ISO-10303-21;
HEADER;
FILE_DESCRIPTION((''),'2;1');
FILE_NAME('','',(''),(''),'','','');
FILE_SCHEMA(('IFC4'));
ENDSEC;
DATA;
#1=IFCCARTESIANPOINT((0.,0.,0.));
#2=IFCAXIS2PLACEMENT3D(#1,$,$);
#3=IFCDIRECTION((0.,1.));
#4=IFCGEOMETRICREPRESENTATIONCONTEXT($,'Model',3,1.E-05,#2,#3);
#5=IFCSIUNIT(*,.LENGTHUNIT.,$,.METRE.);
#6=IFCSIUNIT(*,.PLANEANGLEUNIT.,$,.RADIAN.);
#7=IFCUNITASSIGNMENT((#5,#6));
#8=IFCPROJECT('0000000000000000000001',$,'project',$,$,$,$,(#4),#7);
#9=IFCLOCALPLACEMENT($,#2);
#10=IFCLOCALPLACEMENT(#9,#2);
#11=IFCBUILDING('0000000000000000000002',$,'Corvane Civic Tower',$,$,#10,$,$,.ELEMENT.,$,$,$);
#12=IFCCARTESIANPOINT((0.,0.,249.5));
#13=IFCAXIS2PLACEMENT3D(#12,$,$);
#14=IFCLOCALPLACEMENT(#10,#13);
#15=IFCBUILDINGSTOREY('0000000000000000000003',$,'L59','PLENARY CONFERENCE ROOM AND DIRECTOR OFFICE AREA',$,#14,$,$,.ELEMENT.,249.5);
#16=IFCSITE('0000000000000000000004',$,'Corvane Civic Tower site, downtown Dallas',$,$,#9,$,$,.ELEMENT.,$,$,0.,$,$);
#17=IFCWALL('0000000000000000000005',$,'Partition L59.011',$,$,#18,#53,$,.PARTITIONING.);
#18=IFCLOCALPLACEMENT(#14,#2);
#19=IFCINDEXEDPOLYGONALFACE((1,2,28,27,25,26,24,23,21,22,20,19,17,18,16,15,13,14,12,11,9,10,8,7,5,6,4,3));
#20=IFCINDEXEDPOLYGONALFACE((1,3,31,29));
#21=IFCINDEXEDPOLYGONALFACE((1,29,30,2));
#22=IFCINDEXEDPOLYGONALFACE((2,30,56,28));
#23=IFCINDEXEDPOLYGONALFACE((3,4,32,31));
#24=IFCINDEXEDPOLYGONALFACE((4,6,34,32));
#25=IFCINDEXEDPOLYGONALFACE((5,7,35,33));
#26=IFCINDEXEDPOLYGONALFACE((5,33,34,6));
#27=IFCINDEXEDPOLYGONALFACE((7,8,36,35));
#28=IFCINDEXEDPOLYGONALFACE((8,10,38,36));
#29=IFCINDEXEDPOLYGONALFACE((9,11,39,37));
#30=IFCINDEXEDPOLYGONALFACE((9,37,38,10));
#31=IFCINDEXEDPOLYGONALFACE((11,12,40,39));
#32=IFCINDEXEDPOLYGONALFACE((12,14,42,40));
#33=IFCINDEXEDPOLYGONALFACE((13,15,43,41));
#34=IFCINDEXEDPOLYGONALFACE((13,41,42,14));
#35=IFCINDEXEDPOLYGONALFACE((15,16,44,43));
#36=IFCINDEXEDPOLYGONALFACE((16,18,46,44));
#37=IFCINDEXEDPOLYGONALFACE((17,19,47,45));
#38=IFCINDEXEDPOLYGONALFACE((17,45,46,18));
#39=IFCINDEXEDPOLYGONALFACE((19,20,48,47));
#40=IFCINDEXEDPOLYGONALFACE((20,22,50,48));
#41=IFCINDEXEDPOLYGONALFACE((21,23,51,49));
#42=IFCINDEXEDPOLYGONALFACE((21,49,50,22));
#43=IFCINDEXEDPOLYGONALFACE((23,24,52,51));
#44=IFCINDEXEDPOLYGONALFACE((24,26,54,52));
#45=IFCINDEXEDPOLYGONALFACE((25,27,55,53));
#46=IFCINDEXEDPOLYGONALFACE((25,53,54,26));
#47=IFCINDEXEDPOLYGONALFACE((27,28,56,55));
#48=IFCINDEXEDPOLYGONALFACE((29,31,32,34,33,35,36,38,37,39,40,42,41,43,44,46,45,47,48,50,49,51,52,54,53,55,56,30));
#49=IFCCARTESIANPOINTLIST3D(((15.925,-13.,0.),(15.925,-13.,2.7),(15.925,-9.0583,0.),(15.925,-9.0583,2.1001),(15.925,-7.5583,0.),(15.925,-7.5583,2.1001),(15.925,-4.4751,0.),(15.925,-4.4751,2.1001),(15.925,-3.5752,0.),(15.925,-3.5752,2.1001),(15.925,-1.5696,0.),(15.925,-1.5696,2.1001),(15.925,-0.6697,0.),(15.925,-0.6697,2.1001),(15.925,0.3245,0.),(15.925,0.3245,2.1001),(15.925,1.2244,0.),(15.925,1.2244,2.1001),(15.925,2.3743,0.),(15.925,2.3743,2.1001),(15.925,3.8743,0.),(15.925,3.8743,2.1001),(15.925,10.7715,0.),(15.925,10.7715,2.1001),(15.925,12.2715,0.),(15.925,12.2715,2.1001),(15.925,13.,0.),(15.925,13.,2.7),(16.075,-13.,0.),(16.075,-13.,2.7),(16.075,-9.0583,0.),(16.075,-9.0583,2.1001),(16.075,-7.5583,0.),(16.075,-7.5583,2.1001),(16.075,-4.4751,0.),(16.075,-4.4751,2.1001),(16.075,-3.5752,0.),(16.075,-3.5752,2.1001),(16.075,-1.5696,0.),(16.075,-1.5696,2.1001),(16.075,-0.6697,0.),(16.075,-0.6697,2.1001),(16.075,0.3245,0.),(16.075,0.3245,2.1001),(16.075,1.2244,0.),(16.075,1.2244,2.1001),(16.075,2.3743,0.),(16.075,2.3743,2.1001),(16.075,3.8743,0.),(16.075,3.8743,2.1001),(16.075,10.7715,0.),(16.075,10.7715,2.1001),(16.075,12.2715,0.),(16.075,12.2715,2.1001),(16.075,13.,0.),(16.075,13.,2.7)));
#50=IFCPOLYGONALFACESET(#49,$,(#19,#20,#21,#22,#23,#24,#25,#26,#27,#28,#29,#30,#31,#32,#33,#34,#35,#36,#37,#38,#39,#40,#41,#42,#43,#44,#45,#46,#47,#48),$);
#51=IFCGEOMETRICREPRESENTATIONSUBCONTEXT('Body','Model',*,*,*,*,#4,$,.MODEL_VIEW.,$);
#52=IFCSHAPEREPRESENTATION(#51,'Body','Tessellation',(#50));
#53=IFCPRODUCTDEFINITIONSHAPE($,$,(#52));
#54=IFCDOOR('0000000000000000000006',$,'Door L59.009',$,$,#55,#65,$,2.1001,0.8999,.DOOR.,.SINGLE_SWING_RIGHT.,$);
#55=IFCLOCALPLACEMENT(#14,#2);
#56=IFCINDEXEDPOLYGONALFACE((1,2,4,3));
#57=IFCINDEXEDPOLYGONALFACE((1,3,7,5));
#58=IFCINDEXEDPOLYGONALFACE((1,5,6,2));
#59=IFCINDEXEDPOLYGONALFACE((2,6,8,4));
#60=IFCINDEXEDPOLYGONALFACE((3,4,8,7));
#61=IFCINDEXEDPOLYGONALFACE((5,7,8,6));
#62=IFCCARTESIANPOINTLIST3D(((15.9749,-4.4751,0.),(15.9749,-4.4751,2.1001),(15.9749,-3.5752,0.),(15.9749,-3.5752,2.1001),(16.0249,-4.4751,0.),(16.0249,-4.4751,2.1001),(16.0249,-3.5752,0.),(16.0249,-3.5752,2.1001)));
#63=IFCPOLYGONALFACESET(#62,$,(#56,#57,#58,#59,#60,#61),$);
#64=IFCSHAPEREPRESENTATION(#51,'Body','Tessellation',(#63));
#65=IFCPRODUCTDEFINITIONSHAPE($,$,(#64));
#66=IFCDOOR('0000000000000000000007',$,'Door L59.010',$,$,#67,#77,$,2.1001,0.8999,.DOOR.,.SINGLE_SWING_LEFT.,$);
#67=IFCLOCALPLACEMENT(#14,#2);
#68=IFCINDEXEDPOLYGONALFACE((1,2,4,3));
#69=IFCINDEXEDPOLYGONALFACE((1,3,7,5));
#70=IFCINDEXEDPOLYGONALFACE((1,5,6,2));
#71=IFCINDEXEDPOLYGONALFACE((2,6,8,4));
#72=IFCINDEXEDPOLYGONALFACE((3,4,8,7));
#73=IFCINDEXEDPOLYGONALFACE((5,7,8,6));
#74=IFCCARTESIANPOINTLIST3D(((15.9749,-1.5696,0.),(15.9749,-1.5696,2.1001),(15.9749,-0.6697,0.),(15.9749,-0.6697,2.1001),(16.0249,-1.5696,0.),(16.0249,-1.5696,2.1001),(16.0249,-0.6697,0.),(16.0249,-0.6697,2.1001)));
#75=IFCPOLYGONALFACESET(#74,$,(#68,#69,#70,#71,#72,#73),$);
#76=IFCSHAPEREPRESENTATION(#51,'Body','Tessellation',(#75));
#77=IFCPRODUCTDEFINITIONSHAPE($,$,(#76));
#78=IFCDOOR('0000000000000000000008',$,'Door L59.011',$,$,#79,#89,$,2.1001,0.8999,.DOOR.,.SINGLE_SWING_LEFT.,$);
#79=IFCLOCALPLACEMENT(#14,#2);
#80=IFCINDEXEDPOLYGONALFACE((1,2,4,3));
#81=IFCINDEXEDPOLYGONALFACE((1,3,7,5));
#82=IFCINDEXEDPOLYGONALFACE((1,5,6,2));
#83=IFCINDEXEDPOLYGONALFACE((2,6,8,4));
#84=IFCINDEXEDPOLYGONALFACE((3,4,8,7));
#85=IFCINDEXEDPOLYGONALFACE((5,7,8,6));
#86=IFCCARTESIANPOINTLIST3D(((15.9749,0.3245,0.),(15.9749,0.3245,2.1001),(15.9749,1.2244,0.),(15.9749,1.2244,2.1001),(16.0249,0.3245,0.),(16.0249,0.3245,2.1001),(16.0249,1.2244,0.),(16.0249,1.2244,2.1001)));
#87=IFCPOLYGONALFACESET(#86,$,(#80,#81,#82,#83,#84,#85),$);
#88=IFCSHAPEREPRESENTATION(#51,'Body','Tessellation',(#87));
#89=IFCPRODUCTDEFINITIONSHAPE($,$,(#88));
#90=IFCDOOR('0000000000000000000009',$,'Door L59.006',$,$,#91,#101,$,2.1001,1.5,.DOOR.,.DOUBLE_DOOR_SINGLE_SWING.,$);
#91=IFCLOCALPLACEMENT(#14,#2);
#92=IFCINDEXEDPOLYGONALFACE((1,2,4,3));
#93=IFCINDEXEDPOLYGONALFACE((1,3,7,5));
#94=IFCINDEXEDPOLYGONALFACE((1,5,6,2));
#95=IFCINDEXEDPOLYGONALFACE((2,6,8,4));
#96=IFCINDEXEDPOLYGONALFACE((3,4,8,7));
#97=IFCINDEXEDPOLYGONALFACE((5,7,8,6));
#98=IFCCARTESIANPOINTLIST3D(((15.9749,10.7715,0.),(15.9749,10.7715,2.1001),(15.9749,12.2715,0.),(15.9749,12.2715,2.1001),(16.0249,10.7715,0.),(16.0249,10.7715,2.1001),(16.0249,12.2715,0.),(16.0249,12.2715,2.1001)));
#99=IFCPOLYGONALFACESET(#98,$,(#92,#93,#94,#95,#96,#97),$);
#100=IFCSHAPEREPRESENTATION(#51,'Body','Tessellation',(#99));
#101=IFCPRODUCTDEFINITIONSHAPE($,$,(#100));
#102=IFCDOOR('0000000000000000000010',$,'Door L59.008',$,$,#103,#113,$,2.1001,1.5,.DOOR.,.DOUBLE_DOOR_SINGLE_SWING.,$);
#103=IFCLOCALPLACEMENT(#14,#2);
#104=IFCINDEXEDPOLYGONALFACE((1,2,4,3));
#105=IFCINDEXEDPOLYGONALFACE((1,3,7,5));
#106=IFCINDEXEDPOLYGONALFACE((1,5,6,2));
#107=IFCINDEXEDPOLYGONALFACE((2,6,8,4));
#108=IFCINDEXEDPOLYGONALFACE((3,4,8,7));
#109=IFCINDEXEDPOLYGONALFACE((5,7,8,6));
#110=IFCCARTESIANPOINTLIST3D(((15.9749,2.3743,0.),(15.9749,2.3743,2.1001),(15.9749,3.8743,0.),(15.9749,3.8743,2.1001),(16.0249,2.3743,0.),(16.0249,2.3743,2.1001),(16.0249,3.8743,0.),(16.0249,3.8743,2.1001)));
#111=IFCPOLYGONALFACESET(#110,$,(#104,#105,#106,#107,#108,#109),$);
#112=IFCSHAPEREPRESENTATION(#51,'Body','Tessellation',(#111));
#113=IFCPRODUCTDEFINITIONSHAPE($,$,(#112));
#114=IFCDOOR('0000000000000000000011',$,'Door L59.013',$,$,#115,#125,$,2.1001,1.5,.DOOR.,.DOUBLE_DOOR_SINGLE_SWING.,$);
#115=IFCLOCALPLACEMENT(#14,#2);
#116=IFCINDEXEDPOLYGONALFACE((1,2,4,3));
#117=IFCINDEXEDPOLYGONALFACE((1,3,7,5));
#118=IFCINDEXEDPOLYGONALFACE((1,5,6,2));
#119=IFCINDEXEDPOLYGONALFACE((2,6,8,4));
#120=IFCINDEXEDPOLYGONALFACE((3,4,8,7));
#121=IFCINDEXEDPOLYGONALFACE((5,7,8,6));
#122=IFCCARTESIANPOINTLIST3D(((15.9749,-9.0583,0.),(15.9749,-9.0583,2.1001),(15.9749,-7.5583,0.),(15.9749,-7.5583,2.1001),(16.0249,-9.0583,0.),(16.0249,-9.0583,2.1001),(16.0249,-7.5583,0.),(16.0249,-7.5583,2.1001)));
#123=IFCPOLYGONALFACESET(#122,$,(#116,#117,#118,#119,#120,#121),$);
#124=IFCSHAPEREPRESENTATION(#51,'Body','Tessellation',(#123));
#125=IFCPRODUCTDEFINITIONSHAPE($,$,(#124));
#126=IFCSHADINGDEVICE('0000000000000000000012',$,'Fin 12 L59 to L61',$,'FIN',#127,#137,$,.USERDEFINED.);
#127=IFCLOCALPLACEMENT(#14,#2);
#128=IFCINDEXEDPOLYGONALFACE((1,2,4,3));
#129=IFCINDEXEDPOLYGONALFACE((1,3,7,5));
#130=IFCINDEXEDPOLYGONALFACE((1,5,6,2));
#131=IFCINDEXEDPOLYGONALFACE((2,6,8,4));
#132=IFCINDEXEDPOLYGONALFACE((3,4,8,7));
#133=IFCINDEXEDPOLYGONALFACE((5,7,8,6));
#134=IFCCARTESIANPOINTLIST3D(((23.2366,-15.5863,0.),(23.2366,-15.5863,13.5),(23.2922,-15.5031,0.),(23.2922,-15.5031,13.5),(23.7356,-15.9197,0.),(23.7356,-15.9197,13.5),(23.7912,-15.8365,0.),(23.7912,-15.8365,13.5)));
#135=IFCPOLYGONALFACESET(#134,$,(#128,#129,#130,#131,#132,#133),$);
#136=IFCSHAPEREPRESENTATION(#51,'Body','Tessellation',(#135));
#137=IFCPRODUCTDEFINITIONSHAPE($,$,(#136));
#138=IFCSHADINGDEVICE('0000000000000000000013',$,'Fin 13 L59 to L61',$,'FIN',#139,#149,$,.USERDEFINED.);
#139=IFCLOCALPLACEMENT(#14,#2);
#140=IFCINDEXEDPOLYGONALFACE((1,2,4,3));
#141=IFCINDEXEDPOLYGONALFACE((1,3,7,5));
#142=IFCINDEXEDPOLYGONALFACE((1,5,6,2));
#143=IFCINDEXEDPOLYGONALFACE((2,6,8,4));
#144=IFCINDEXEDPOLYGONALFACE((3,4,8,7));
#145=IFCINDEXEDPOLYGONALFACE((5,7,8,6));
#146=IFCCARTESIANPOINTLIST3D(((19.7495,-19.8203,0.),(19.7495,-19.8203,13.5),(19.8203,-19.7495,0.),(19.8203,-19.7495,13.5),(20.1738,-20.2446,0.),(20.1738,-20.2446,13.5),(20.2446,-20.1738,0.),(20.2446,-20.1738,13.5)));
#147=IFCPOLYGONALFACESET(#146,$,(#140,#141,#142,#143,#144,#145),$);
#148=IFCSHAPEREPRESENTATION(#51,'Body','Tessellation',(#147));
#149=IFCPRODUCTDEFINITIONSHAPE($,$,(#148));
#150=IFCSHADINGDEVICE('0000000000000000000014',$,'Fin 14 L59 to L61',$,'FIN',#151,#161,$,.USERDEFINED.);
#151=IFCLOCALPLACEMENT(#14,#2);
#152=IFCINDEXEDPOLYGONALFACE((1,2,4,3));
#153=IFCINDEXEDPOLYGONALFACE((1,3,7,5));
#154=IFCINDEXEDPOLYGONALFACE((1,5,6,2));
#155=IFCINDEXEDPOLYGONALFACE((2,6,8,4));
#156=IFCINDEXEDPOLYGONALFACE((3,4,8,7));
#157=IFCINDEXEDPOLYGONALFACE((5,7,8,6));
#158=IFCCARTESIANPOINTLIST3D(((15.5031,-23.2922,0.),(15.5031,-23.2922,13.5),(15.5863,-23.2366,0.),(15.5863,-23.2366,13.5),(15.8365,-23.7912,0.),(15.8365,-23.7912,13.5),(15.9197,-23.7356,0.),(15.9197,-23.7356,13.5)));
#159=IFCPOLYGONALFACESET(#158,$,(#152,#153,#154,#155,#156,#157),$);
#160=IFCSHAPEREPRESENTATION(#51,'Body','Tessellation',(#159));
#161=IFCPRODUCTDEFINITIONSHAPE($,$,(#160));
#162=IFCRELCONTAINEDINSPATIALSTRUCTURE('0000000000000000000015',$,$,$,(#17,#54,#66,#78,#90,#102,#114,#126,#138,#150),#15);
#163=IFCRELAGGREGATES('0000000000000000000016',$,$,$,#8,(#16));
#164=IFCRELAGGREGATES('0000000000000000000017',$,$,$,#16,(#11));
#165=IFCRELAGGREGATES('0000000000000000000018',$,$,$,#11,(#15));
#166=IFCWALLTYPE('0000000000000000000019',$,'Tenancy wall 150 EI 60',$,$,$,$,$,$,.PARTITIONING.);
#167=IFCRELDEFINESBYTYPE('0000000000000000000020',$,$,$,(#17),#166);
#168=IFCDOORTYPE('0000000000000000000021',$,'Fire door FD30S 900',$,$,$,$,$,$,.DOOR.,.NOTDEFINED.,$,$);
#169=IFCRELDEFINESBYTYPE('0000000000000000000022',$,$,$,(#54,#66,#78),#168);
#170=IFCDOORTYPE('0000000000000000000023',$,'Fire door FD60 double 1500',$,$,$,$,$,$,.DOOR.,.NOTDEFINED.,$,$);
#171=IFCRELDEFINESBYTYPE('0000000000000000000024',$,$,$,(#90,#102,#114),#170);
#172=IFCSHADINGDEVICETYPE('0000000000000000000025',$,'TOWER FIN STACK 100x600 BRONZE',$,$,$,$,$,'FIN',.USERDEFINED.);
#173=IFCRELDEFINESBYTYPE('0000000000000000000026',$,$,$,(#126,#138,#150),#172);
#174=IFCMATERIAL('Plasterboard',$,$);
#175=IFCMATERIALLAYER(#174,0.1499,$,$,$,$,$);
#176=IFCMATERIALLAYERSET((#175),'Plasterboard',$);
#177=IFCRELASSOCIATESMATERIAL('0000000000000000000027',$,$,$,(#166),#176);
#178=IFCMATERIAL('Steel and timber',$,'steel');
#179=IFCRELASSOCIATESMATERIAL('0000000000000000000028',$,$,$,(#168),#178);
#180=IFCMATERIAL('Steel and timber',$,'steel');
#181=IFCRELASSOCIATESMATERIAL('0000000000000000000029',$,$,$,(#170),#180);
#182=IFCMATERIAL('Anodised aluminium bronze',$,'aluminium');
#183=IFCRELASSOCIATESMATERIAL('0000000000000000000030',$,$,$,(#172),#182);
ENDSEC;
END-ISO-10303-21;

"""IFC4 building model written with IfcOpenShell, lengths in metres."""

from ifc_helpers import new_model, si_unit, direction, frame, frame_2d, origin, origin_2d, place, context, subcontext, project, spatial, rectangle, extrude, material, layer, layer_set, material_profile, profile_set, type_object, element, fill, save


model = new_model("IFC4")

# Units and contexts
model_context = context("Model", 3, precision=1e-05, world=origin(), true_north=direction((0.0, 1.0)))
body_context = subcontext(model_context, "Body", "Model", "MODEL_VIEW")
ifc_project = project(units=[si_unit("LENGTHUNIT", "METRE"), si_unit("PLANEANGLEUNIT", "RADIAN")], contexts=[model_context])

# Site, building, storey
site_placement = place(None, origin())
site = spatial("IfcSite", under=ifc_project, at=site_placement, Name="Corvane Civic Tower site, downtown Dallas", CompositionType="ELEMENT", RefElevation=0.0)
building_placement = place(site_placement, origin())
building = spatial("IfcBuilding", under=site, at=building_placement, Name="Corvane Civic Tower", CompositionType="ELEMENT")
storey_placement = place(building_placement, frame((0.0, 0.0, 249.5)))
storey = spatial("IfcBuildingStorey", under=building, at=storey_placement, Name="L59", Description="PLENARY CONFERENCE ROOM AND DIRECTOR OFFICE AREA", CompositionType="ELEMENT", Elevation=249.5)

# Wall, openings, doors
ifc_material_1 = material(Name="Plasterboard")
ifc_layer_1 = layer(ifc_material_1, 0.1499)
ifc_layer_set_1 = layer_set([ifc_layer_1], Name="Plasterboard")
wall_type_1 = type_object("IfcWallType", Name="Tenancy wall 150 EI 60", PredefinedType="PARTITIONING", material=ifc_layer_set_1)
wall_1_placement = place(storey_placement, frame((16.0, -13.0, 0.0), z_axis=(0.0, 0.0, 1.0), x_axis=(0.0, 1.0, 0.0)))
wall_1 = element("IfcWall", 1, at=wall_1_placement, inside=storey, type_object=wall_type_1, Name="Partition L59.011", PredefinedType="PARTITIONING", context=body_context, shape_type="SweptSolid", body=[
    extrude(rectangle(XDim=26.0, YDim=0.1499, at=frame_2d((13.0, 0.0))), origin(), (0.0, 0.0, 1.0), 2.7),
])
opening_1_placement = place(wall_1_placement, frame((23.7715, 0.0, 0.0)))
opening_1 = element("IfcOpeningElement", 2, at=opening_1_placement, cuts=wall_1, PredefinedType="OPENING", context=body_context, shape_type="SweptSolid", body=[
    extrude(rectangle(XDim=1.5, YDim=2.1001, at=frame_2d((0.75, 1.05))), frame((0.0, 0.085, 0.0), z_axis=(0.0, -1.0, 0.0), x_axis=(1.0, 0.0, 0.0)), (0.0, 0.0, 1.0), 0.1699),
])
opening_2_placement = place(wall_1_placement, frame((15.3743, 0.0, 0.0)))
opening_2 = element("IfcOpeningElement", 3, at=opening_2_placement, cuts=wall_1, PredefinedType="OPENING", context=body_context, shape_type="SweptSolid", body=[
    extrude(rectangle(XDim=1.5, YDim=2.1001, at=frame_2d((0.75, 1.05))), frame((0.0, 0.085, 0.0), z_axis=(0.0, -1.0, 0.0), x_axis=(1.0, 0.0, 0.0)), (0.0, 0.0, 1.0), 0.1699),
])
opening_3_placement = place(wall_1_placement, frame((8.5249, 0.0, 0.0)))
opening_3 = element("IfcOpeningElement", 4, at=opening_3_placement, cuts=wall_1, PredefinedType="OPENING", context=body_context, shape_type="SweptSolid", body=[
    extrude(rectangle(XDim=0.8999, YDim=2.1001, at=frame_2d((0.45, 1.05))), frame((0.0, 0.085, 0.0), z_axis=(0.0, -1.0, 0.0), x_axis=(1.0, 0.0, 0.0)), (0.0, 0.0, 1.0), 0.1699),
])
opening_4_placement = place(wall_1_placement, frame((11.4304, 0.0, 0.0)))
opening_4 = element("IfcOpeningElement", 5, at=opening_4_placement, cuts=wall_1, PredefinedType="OPENING", context=body_context, shape_type="SweptSolid", body=[
    extrude(rectangle(XDim=0.8999, YDim=2.1001, at=frame_2d((0.45, 1.05))), frame((0.0, 0.085, 0.0), z_axis=(0.0, -1.0, 0.0), x_axis=(1.0, 0.0, 0.0)), (0.0, 0.0, 1.0), 0.1699),
])
opening_5_placement = place(wall_1_placement, frame((13.3245, 0.0, 0.0)))
opening_5 = element("IfcOpeningElement", 6, at=opening_5_placement, cuts=wall_1, PredefinedType="OPENING", context=body_context, shape_type="SweptSolid", body=[
    extrude(rectangle(XDim=0.8999, YDim=2.1001, at=frame_2d((0.45, 1.05))), frame((0.0, 0.085, 0.0), z_axis=(0.0, -1.0, 0.0), x_axis=(1.0, 0.0, 0.0)), (0.0, 0.0, 1.0), 0.1699),
])
opening_6_placement = place(wall_1_placement, frame((3.9417, 0.0, 0.0)))
opening_6 = element("IfcOpeningElement", 7, at=opening_6_placement, cuts=wall_1, PredefinedType="OPENING", context=body_context, shape_type="SweptSolid", body=[
    extrude(rectangle(XDim=1.5, YDim=2.1001, at=frame_2d((0.75, 1.05))), frame((0.0, 0.085, 0.0), z_axis=(0.0, -1.0, 0.0), x_axis=(1.0, 0.0, 0.0)), (0.0, 0.0, 1.0), 0.1699),
])
ifc_material_2 = material(Name="Steel and timber", Category="steel")
door_type_1 = type_object("IfcDoorType", Name="Fire door FD30S 900", OperationType="NOTDEFINED", PredefinedType="DOOR", material=ifc_material_2)
door_1_placement = place(opening_3_placement, frame((0.8999, 0.0, 0.0), z_axis=(0.0, 0.0, 1.0), x_axis=(-1.0, 0.0, 0.0)))
door_1 = element("IfcDoor", 8, at=door_1_placement, inside=storey, type_object=door_type_1, Name="Door L59.009", OperationType="SINGLE_SWING_RIGHT", OverallHeight=2.1001, OverallWidth=0.8999, PredefinedType="DOOR", context=body_context, shape_type="SweptSolid", body=[
    extrude(rectangle(XDim=0.8999, YDim=2.1001, at=frame_2d((0.45, 1.05))), frame((0.0, 0.0249, 0.0), z_axis=(0.0, -1.0, 0.0), x_axis=(1.0, 0.0, 0.0)), (0.0, 0.0, 1.0), 0.05),
])
fill(opening_3, door_1)
door_2_placement = place(opening_4_placement, frame((0.8999, 0.0, 0.0), z_axis=(0.0, 0.0, 1.0), x_axis=(-1.0, 0.0, 0.0)))
door_2 = element("IfcDoor", 9, at=door_2_placement, inside=storey, type_object=door_type_1, Name="Door L59.010", OperationType="SINGLE_SWING_LEFT", OverallHeight=2.1001, OverallWidth=0.8999, PredefinedType="DOOR", context=body_context, shape_type="SweptSolid", body=[
    extrude(rectangle(XDim=0.8999, YDim=2.1001, at=frame_2d((0.45, 1.05))), frame((0.0, 0.0249, 0.0), z_axis=(0.0, -1.0, 0.0), x_axis=(1.0, 0.0, 0.0)), (0.0, 0.0, 1.0), 0.05),
])
fill(opening_4, door_2)
door_3_placement = place(opening_5_placement, frame((0.8999, 0.0, 0.0), z_axis=(0.0, 0.0, 1.0), x_axis=(-1.0, 0.0, 0.0)))
door_3 = element("IfcDoor", 10, at=door_3_placement, inside=storey, type_object=door_type_1, Name="Door L59.011", OperationType="SINGLE_SWING_LEFT", OverallHeight=2.1001, OverallWidth=0.8999, PredefinedType="DOOR", context=body_context, shape_type="SweptSolid", body=[
    extrude(rectangle(XDim=0.8999, YDim=2.1001, at=frame_2d((0.45, 1.05))), frame((0.0, 0.0249, 0.0), z_axis=(0.0, -1.0, 0.0), x_axis=(1.0, 0.0, 0.0)), (0.0, 0.0, 1.0), 0.05),
])
fill(opening_5, door_3)
ifc_material_3 = material(Name="Steel and timber", Category="steel")
door_type_2 = type_object("IfcDoorType", Name="Fire door FD60 double 1500", OperationType="NOTDEFINED", PredefinedType="DOOR", material=ifc_material_3)
door_4_placement = place(opening_1_placement, frame((1.5, 0.0, 0.0), z_axis=(0.0, 0.0, 1.0), x_axis=(-1.0, 0.0, 0.0)))
door_4 = element("IfcDoor", 11, at=door_4_placement, inside=storey, type_object=door_type_2, Name="Door L59.006", OperationType="DOUBLE_DOOR_SINGLE_SWING", OverallHeight=2.1001, OverallWidth=1.5, PredefinedType="DOOR", context=body_context, shape_type="SweptSolid", body=[
    extrude(rectangle(XDim=1.5, YDim=2.1001, at=frame_2d((0.75, 1.05))), frame((0.0, 0.0249, 0.0), z_axis=(0.0, -1.0, 0.0), x_axis=(1.0, 0.0, 0.0)), (0.0, 0.0, 1.0), 0.05),
])
fill(opening_1, door_4)
door_5_placement = place(opening_2_placement, frame((1.5, 0.0, 0.0), z_axis=(0.0, 0.0, 1.0), x_axis=(-1.0, 0.0, 0.0)))
door_5 = element("IfcDoor", 12, at=door_5_placement, inside=storey, type_object=door_type_2, Name="Door L59.008", OperationType="DOUBLE_DOOR_SINGLE_SWING", OverallHeight=2.1001, OverallWidth=1.5, PredefinedType="DOOR", context=body_context, shape_type="SweptSolid", body=[
    extrude(rectangle(XDim=1.5, YDim=2.1001, at=frame_2d((0.75, 1.05))), frame((0.0, 0.0249, 0.0), z_axis=(0.0, -1.0, 0.0), x_axis=(1.0, 0.0, 0.0)), (0.0, 0.0, 1.0), 0.05),
])
fill(opening_2, door_5)
door_6_placement = place(opening_6_placement, frame((1.5, 0.0, 0.0), z_axis=(0.0, 0.0, 1.0), x_axis=(-1.0, 0.0, 0.0)))
door_6 = element("IfcDoor", 13, at=door_6_placement, inside=storey, type_object=door_type_2, Name="Door L59.013", OperationType="DOUBLE_DOOR_SINGLE_SWING", OverallHeight=2.1001, OverallWidth=1.5, PredefinedType="DOOR", context=body_context, shape_type="SweptSolid", body=[
    extrude(rectangle(XDim=1.5, YDim=2.1001, at=frame_2d((0.75, 1.05))), frame((0.0, 0.0249, 0.0), z_axis=(0.0, -1.0, 0.0), x_axis=(1.0, 0.0, 0.0)), (0.0, 0.0, 1.0), 0.05),
])
fill(opening_6, door_6)

# Shading devices
ifc_material_4 = material(Name="Anodised aluminium bronze", Category="aluminium")
ifc_material_profile_1 = material_profile(ifc_material_4, rectangle(XDim=0.1001, YDim=0.6001, at=origin_2d()), Name="TOWER FIN STACK 100x600 BRONZE")
ifc_profile_set_1 = profile_set([ifc_material_profile_1], Name="Anodised aluminium bronze")
shading_device_type = type_object("IfcShadingDeviceType", Name="TOWER FIN STACK 100x600 BRONZE", ElementType="FIN", PredefinedType="USERDEFINED", material=ifc_profile_set_1)
for number, where, z_axis, x_axis, name in (
    (14, (23.5139, -15.7114, 0.0), (0.0, 0.0, 1.0), (-0.55557, -0.83147, 0.0), "Fin 12 L59 to L61"),
    (15, (19.9971, -19.9971, 0.0), (0.0, 0.0, 1.0), (-0.707107, -0.707107, 0.0), "Fin 13 L59 to L61"),
    (16, (15.7114, -23.5139, 0.0), (0.0, 0.0, 1.0), (-0.83147, -0.55557, 0.0), "Fin 14 L59 to L61"),
):
    element("IfcShadingDevice", number, at=place(storey_placement, frame(where, z_axis=z_axis, x_axis=x_axis)), inside=storey, type_object=shading_device_type, Name=name, ObjectType="FIN", PredefinedType="USERDEFINED", context=body_context, shape_type="SweptSolid", body=[
        extrude(rectangle(XDim=0.1001, YDim=0.6001, at=origin_2d()), origin(), (0.0, 0.0, 1.0), 13.5),
    ])

save(model, "model.ifc")
